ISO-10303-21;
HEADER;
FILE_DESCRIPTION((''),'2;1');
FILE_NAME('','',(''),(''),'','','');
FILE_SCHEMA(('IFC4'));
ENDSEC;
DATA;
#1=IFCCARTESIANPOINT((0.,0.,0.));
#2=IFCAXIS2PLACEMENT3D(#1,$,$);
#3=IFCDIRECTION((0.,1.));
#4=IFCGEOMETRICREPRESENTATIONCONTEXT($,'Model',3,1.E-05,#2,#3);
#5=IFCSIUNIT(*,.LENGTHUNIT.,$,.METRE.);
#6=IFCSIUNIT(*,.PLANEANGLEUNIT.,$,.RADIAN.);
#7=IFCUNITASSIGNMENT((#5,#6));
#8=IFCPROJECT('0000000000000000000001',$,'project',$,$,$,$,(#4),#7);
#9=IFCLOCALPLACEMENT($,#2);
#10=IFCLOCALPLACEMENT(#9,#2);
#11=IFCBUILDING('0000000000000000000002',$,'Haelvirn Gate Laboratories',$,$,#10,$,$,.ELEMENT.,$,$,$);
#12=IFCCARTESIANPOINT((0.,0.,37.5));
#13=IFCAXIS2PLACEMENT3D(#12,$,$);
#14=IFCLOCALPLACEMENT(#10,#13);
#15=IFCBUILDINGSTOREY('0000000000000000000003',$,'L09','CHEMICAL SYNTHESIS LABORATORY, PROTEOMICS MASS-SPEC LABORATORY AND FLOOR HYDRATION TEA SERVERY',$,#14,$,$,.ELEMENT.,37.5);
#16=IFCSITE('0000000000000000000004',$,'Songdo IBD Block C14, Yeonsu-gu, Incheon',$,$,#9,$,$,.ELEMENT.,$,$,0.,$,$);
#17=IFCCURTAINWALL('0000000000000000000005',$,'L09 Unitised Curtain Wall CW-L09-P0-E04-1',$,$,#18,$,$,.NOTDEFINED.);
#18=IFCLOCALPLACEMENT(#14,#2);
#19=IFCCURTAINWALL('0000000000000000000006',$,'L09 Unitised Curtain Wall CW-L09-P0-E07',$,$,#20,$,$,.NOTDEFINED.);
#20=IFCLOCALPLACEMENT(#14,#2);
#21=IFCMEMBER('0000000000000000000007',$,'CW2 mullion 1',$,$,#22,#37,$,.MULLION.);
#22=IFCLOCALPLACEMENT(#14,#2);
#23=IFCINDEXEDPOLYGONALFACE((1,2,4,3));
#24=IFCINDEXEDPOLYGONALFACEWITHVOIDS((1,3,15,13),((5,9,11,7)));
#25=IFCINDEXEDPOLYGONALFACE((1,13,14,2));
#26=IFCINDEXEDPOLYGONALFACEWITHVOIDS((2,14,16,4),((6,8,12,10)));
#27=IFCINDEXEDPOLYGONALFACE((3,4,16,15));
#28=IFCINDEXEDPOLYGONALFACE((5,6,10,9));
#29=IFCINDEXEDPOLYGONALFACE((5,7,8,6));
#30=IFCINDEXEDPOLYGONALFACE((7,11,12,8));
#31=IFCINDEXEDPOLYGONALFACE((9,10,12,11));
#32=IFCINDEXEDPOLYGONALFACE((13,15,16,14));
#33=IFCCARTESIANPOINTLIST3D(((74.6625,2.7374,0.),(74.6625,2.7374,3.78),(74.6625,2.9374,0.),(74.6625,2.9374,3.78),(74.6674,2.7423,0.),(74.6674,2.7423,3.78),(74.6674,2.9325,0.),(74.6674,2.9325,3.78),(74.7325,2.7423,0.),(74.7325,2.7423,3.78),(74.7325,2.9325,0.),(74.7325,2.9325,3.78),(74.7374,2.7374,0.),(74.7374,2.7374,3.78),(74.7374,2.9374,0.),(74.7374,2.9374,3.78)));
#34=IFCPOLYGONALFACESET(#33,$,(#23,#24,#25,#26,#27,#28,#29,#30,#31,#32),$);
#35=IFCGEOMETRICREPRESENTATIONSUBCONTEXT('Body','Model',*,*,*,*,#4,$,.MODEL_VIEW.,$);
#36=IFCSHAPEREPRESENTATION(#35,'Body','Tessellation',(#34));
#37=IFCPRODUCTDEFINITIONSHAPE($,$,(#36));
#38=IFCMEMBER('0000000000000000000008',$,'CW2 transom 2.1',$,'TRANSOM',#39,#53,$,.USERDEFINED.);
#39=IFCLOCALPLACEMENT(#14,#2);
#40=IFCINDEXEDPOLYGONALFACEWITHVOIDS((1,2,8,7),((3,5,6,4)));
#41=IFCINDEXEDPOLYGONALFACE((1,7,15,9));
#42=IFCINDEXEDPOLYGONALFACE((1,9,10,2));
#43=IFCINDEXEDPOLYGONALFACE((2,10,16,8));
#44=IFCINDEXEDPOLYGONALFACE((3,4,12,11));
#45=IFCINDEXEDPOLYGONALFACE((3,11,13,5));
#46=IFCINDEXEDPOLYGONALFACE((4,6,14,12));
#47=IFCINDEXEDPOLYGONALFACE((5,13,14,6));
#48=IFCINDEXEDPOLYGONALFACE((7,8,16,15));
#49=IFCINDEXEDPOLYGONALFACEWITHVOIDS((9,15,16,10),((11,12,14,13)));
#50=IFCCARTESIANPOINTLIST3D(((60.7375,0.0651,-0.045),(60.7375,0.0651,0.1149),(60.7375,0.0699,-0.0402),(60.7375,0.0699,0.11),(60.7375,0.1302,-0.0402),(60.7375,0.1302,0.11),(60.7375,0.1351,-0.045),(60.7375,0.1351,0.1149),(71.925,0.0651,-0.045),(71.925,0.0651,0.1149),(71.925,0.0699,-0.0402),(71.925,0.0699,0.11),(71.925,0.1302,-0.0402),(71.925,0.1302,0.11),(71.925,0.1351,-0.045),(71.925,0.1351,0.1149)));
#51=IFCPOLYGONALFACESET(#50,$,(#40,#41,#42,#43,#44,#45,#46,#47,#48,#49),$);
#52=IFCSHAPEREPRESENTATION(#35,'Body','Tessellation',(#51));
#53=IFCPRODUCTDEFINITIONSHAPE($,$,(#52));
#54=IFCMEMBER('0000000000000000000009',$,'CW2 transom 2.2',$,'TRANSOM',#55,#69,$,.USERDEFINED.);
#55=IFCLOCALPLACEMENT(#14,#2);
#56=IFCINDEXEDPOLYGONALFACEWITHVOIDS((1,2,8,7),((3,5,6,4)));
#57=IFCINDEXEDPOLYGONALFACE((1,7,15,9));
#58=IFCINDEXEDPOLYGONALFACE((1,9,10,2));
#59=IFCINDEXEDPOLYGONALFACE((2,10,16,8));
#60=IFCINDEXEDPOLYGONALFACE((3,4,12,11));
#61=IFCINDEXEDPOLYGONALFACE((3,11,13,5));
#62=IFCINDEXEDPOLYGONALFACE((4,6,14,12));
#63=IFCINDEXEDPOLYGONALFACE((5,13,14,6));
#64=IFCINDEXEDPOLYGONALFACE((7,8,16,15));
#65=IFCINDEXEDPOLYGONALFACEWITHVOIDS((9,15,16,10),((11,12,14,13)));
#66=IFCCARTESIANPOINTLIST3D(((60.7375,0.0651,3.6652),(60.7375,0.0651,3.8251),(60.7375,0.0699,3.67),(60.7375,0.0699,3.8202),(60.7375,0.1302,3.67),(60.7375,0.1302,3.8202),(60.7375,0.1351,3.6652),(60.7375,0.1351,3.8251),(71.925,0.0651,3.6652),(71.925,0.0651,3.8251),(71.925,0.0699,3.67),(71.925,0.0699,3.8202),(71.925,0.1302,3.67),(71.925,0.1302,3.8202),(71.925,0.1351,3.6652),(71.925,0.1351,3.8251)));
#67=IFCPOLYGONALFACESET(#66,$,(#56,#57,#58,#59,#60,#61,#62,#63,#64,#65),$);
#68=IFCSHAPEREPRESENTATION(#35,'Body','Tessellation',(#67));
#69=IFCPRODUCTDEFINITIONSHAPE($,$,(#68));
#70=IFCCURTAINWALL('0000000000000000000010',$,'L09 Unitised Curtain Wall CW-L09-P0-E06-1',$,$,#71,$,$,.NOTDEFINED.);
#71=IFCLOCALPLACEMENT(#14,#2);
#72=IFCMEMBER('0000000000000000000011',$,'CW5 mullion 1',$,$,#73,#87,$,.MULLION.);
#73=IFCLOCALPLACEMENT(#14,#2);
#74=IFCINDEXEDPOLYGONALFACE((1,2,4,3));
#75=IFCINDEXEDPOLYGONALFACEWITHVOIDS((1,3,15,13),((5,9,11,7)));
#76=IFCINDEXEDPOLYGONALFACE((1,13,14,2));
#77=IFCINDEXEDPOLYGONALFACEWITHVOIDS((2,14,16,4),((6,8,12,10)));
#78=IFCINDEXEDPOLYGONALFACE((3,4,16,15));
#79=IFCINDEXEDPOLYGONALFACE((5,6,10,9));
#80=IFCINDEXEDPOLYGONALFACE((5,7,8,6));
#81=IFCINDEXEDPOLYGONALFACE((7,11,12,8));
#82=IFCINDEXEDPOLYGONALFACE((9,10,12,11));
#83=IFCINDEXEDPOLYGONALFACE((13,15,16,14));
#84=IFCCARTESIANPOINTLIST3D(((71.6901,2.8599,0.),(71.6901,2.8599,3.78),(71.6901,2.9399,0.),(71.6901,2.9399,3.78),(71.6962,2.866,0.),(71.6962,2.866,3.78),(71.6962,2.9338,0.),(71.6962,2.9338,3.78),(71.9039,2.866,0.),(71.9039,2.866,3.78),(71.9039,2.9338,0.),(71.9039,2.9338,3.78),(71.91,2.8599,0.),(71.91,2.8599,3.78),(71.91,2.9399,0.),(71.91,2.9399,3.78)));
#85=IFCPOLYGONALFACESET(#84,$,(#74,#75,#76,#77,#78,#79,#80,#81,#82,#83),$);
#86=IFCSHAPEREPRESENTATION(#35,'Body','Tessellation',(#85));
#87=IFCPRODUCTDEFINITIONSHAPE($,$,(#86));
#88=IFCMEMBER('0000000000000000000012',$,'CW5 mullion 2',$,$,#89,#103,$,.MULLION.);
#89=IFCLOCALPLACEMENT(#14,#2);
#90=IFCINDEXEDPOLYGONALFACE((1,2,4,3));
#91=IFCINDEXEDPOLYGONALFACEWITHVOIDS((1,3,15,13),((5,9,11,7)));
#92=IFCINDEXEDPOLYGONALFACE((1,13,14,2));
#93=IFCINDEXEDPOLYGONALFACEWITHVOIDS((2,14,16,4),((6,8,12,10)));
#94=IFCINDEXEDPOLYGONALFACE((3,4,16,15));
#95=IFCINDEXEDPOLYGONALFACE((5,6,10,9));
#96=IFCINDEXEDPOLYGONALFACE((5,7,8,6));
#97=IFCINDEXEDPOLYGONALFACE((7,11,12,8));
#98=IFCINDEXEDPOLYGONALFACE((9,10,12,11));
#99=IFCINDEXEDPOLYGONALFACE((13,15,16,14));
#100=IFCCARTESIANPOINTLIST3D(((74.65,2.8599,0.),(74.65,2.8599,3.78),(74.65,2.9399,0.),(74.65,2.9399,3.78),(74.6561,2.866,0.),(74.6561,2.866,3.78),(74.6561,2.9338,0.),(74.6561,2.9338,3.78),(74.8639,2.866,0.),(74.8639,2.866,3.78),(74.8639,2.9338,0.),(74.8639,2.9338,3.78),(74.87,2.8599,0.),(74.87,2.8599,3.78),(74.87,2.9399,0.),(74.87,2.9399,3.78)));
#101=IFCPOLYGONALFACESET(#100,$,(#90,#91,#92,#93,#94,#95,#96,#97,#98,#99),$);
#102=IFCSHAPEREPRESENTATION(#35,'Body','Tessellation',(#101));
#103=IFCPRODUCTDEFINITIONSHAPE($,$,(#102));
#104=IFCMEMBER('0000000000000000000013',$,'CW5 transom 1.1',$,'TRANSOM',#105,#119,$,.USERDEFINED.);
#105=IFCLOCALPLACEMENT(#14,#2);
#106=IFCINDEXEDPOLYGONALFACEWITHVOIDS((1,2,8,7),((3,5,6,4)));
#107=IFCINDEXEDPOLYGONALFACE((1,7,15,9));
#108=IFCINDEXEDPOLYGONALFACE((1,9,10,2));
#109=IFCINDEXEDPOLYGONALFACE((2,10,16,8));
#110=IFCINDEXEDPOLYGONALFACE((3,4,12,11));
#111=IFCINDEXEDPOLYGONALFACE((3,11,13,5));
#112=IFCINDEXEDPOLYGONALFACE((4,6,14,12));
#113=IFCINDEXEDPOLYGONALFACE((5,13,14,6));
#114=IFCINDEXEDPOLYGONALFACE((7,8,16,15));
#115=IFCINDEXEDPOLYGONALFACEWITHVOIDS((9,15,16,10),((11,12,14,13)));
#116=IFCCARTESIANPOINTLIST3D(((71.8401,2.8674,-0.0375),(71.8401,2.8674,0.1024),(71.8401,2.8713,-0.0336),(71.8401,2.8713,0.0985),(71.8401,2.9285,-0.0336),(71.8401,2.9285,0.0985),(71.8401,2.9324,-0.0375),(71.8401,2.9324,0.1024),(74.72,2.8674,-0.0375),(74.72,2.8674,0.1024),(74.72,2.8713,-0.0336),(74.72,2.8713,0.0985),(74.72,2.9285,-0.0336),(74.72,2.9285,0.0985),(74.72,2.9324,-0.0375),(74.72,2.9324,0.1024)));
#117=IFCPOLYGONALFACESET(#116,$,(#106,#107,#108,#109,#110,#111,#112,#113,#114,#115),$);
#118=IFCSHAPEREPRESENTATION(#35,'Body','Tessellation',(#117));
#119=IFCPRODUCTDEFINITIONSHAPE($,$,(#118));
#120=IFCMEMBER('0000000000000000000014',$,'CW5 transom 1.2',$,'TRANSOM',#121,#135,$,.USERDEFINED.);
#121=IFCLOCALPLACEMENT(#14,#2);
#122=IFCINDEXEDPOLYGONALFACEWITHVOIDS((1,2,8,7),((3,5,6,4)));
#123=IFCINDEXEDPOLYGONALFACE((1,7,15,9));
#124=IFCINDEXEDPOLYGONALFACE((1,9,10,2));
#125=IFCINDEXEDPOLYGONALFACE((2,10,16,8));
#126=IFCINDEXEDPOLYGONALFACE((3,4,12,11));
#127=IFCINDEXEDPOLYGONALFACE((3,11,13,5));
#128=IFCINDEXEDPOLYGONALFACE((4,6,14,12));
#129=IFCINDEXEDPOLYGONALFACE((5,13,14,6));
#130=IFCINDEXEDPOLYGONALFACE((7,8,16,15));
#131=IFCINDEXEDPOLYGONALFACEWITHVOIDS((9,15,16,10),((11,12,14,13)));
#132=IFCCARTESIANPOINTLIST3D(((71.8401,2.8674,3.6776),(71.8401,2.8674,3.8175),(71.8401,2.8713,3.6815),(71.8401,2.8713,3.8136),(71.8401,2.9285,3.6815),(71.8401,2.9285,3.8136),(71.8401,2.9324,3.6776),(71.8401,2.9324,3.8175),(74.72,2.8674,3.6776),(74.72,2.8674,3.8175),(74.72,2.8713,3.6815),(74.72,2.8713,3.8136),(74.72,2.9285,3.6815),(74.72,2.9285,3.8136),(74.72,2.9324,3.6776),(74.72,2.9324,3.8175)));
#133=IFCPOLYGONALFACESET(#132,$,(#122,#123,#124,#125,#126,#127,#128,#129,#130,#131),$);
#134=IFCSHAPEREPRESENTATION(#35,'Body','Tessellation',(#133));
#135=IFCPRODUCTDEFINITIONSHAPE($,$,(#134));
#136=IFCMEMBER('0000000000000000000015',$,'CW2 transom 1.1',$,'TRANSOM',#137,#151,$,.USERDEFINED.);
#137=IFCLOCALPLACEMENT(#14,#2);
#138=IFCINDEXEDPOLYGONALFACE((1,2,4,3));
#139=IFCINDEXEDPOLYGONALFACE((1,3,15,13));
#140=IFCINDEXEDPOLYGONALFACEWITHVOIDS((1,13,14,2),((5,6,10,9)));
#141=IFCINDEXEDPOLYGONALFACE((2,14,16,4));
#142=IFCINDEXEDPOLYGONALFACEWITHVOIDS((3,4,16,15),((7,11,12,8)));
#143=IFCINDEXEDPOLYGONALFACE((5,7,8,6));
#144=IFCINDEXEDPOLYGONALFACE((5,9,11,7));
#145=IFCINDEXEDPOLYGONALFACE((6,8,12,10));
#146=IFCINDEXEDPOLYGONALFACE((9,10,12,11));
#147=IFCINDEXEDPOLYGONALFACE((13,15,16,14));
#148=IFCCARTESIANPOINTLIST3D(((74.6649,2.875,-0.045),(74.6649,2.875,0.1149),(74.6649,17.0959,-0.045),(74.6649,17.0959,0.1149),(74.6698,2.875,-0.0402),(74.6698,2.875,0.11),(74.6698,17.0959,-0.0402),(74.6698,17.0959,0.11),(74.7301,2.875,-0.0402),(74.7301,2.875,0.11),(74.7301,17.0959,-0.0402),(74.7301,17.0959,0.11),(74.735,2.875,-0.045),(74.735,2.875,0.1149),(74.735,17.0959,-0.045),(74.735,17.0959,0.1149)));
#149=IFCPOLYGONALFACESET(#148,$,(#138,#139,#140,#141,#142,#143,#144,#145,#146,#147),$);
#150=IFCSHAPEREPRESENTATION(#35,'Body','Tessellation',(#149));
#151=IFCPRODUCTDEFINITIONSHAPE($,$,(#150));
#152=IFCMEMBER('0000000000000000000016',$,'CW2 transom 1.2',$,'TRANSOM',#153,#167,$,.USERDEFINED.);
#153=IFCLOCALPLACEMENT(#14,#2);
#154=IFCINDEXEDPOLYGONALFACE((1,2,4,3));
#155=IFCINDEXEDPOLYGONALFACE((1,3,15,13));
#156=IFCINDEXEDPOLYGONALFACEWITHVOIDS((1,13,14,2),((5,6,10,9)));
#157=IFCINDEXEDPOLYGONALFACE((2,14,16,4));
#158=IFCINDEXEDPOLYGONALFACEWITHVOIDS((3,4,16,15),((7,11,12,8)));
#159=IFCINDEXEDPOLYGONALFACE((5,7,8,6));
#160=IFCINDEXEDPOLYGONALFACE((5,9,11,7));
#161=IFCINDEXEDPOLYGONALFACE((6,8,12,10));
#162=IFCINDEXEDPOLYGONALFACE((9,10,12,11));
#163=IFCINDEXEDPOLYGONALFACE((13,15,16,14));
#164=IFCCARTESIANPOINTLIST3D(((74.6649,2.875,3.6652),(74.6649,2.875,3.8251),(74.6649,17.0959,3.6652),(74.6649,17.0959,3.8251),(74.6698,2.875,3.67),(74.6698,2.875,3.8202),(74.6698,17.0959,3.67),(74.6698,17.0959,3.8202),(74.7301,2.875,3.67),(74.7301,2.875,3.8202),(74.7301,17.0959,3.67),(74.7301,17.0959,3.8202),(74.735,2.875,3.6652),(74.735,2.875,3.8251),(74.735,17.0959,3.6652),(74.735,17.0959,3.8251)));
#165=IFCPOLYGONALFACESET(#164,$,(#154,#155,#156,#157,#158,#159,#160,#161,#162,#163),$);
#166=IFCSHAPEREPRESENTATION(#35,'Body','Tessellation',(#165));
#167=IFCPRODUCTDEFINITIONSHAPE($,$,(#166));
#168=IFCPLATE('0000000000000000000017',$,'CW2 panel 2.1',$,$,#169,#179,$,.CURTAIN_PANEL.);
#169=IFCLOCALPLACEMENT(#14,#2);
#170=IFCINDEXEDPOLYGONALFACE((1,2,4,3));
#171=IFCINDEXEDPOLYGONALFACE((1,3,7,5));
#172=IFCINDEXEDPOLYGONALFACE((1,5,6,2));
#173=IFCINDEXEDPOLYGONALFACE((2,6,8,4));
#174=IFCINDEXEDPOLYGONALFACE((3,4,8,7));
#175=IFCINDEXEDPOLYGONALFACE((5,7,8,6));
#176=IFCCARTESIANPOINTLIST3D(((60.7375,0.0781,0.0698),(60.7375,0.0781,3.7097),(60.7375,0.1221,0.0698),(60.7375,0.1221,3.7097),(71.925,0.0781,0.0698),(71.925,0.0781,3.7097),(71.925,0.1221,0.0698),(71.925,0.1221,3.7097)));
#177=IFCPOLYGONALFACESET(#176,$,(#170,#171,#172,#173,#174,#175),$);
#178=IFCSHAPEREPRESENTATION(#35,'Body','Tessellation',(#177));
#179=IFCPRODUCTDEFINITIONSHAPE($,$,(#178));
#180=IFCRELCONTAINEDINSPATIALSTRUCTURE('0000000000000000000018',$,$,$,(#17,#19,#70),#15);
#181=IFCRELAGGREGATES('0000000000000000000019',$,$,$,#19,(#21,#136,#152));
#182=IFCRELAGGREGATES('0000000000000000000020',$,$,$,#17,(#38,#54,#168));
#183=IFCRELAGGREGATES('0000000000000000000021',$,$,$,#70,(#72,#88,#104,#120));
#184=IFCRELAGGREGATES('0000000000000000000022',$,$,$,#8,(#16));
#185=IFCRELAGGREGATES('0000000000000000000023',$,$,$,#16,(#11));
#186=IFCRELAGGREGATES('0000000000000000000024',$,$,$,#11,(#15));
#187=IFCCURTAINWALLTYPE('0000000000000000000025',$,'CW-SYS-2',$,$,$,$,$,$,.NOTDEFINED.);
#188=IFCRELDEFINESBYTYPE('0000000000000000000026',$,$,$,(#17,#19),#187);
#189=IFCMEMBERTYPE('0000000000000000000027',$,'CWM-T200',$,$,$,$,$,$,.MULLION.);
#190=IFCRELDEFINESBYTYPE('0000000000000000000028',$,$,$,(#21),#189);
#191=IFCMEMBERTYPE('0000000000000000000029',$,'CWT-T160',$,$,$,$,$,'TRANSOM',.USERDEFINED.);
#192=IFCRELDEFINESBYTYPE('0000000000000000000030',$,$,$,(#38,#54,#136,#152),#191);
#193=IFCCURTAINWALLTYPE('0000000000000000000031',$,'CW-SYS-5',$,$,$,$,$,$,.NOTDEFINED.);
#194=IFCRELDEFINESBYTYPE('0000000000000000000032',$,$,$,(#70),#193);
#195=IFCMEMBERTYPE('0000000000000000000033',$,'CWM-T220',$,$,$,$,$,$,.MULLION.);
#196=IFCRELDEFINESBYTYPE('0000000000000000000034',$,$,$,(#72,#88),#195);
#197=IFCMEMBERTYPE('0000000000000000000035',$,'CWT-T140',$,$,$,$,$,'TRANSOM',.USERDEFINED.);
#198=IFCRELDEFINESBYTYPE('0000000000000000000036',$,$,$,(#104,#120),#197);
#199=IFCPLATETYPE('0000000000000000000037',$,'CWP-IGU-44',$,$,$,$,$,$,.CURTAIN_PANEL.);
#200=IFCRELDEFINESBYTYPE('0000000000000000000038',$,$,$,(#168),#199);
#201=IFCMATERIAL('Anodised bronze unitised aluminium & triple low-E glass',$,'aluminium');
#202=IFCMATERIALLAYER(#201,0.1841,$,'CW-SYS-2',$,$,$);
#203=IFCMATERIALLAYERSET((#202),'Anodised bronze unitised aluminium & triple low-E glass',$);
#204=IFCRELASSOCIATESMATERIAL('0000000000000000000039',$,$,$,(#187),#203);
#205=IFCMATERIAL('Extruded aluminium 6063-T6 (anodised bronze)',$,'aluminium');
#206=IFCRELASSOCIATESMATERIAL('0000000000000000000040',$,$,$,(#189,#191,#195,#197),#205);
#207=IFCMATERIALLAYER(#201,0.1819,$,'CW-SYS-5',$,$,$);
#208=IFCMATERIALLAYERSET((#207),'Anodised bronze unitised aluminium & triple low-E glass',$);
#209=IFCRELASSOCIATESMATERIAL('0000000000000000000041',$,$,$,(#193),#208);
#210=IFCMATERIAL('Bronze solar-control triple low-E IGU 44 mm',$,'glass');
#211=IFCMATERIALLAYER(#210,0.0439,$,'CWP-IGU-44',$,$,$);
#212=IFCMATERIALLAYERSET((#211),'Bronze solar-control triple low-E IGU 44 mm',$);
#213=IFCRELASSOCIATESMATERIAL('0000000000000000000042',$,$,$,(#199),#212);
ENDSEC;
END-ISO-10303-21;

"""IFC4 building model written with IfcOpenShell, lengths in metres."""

from ifc_helpers import new_model, si_unit, direction, frame, origin, origin_2d, place, context, subcontext, project, spatial, rectangle, hollow_rectangle, extrude, source, transform, mapped, material, layer, layer_set, material_profile, profile_set, type_object, type_shapes, element, aggregate, save


model = new_model("IFC4")

# Units and contexts
model_context = context("Model", 3, precision=1e-05, world=origin(), true_north=direction((0.0, 1.0)))
body_context = subcontext(model_context, "Body", "Model", "MODEL_VIEW")
ifc_project = project(units=[si_unit("LENGTHUNIT", "METRE"), si_unit("PLANEANGLEUNIT", "RADIAN")], contexts=[model_context])

# Site, building, storey
site_placement = place(None, origin())
site = spatial("IfcSite", under=ifc_project, at=site_placement, Name="Songdo IBD Block C14, Yeonsu-gu, Incheon", CompositionType="ELEMENT", RefElevation=0.0)
building_placement = place(site_placement, origin())
building = spatial("IfcBuilding", under=site, at=building_placement, Name="Haelvirn Gate Laboratories", CompositionType="ELEMENT")
storey_placement = place(building_placement, frame((0.0, 0.0, 37.5)))
storey = spatial("IfcBuildingStorey", under=building, at=storey_placement, Name="L09", Description="CHEMICAL SYNTHESIS LABORATORY, PROTEOMICS MASS-SPEC LABORATORY AND FLOOR HYDRATION TEA SERVERY", CompositionType="ELEMENT", Elevation=37.5)

# Curtain wall
ifc_material_1 = material(Name="Anodised bronze unitised aluminium & triple low-E glass", Category="aluminium")
ifc_layer_1 = layer(ifc_material_1, 0.1841, Name="CW-SYS-2")
ifc_layer_set_1 = layer_set([ifc_layer_1], Name="Anodised bronze unitised aluminium & triple low-E glass")
curtain_wall_type_1 = type_object("IfcCurtainWallType", Name="CW-SYS-2", PredefinedType="NOTDEFINED", material=ifc_layer_set_1)
curtain_wall_1_placement = place(storey_placement, origin())
curtain_wall_1 = element("IfcCurtainWall", 1, at=curtain_wall_1_placement, inside=storey, type_object=curtain_wall_type_1, Name="L09 Unitised Curtain Wall CW-L09-P0-E04-1", PredefinedType="NOTDEFINED")
ifc_material_2 = material(Name="Extruded aluminium 6063-T6 (anodised bronze)", Category="aluminium")
ifc_material_profile_1 = material_profile(ifc_material_2, hollow_rectangle(XDim=0.075, YDim=0.2, WallThickness=0.0049, at=origin_2d()), Name="CWM-200x75x5")
ifc_profile_set_1 = profile_set([ifc_material_profile_1], Name="Extruded aluminium 6063-T6 (anodised bronze)")
member_type_1 = type_object("IfcMemberType", Name="CWM-T200", PredefinedType="MULLION", material=ifc_profile_set_1)
shared_shape_1 = source(origin(), body_context, "Body", "SweptSolid", [
    extrude(hollow_rectangle(XDim=0.075, YDim=0.2, WallThickness=0.0049, at=origin_2d()), origin(), (0.0, 0.0, 1.0), 3.78),
])
type_shapes(member_type_1, [shared_shape_1])

# Curtain wall, member
curtain_wall_2_placement = place(storey_placement, origin())
curtain_wall_2 = element("IfcCurtainWall", 2, at=curtain_wall_2_placement, inside=storey, type_object=curtain_wall_type_1, Name="L09 Unitised Curtain Wall CW-L09-P0-E07", PredefinedType="NOTDEFINED")
member_1_placement = place(storey_placement, frame((74.7, 2.8374, 0.0), z_axis=(0.0, 0.0, 1.0), x_axis=(-1.0, 0.0, 0.0)))
member_1 = element("IfcMember", 3, at=member_1_placement, type_object=member_type_1, Name="CW2 mullion 1", PredefinedType="MULLION", context=body_context, shape_type="MappedRepresentation", body=[
    mapped(shared_shape_1, transform((0.0, 0.0, 0.0), scale=1.0)),
])

# Members
ifc_material_profile_2 = material_profile(ifc_material_2, hollow_rectangle(XDim=0.0701, YDim=0.1599, WallThickness=0.0049, at=origin_2d()), Name="CWT-160x70x5")
ifc_profile_set_2 = profile_set([ifc_material_profile_2], Name="Extruded aluminium 6063-T6 (anodised bronze)")
member_type_2 = type_object("IfcMemberType", Name="CWT-T160", ElementType="TRANSOM", PredefinedType="USERDEFINED", material=ifc_profile_set_2)
shared_shape_2 = source(origin(), body_context, "Body", "SweptSolid", [
    extrude(hollow_rectangle(XDim=0.0701, YDim=0.1599, WallThickness=0.0049, at=origin_2d()), origin(), (0.0, 0.0, 1.0), 11.1875),
])
member_2_placement = place(storey_placement, frame((60.7375, 0.1001, 0.0349), z_axis=(1.0, 0.0, 0.0), x_axis=(0.0, 1.0, 0.0)))
member_2 = element("IfcMember", 4, at=member_2_placement, type_object=member_type_2, Name="CW2 transom 2.1", ObjectType="TRANSOM", PredefinedType="USERDEFINED", context=body_context, shape_type="MappedRepresentation", body=[
    mapped(shared_shape_2, transform((0.0, 0.0, 0.0), scale=1.0)),
])
member_3_placement = place(storey_placement, frame((60.7375, 0.1001, 3.7451), z_axis=(1.0, 0.0, 0.0), x_axis=(0.0, 1.0, 0.0)))
member_3 = element("IfcMember", 5, at=member_3_placement, type_object=member_type_2, Name="CW2 transom 2.2", ObjectType="TRANSOM", PredefinedType="USERDEFINED", context=body_context, shape_type="MappedRepresentation", body=[
    mapped(shared_shape_2, transform((0.0, 0.0, 0.0), scale=1.0)),
])

# Curtain wall, members
ifc_layer_2 = layer(ifc_material_1, 0.1819, Name="CW-SYS-5")
ifc_layer_set_2 = layer_set([ifc_layer_2], Name="Anodised bronze unitised aluminium & triple low-E glass")
curtain_wall_type_2 = type_object("IfcCurtainWallType", Name="CW-SYS-5", PredefinedType="NOTDEFINED", material=ifc_layer_set_2)
curtain_wall_3_placement = place(storey_placement, origin())
curtain_wall_3 = element("IfcCurtainWall", 6, at=curtain_wall_3_placement, inside=storey, type_object=curtain_wall_type_2, Name="L09 Unitised Curtain Wall CW-L09-P0-E06-1", PredefinedType="NOTDEFINED")
ifc_material_profile_3 = material_profile(ifc_material_2, hollow_rectangle(XDim=0.0801, YDim=0.22, WallThickness=0.0061, at=origin_2d()), Name="CWM-220x80x6")
ifc_profile_set_3 = profile_set([ifc_material_profile_3], Name="Extruded aluminium 6063-T6 (anodised bronze)")
member_type_3 = type_object("IfcMemberType", Name="CWM-T220", PredefinedType="MULLION", material=ifc_profile_set_3)
shared_shape_3 = source(origin(), body_context, "Body", "SweptSolid", [
    extrude(hollow_rectangle(XDim=0.0801, YDim=0.22, WallThickness=0.0061, at=origin_2d()), origin(), (0.0, 0.0, 1.0), 3.78),
])
type_shapes(member_type_3, [shared_shape_3])
member_4_placement = place(storey_placement, frame((71.8, 2.8999, 0.0), z_axis=(0.0, 0.0, 1.0), x_axis=(0.0, 1.0, 0.0)))
member_4 = element("IfcMember", 7, at=member_4_placement, type_object=member_type_3, Name="CW5 mullion 1", PredefinedType="MULLION", context=body_context, shape_type="MappedRepresentation", body=[
    mapped(shared_shape_3, transform((0.0, 0.0, 0.0), scale=1.0)),
])
member_5_placement = place(storey_placement, frame((74.76, 2.8999, 0.0), z_axis=(0.0, 0.0, 1.0), x_axis=(0.0, 1.0, 0.0)))
member_5 = element("IfcMember", 8, at=member_5_placement, type_object=member_type_3, Name="CW5 mullion 2", PredefinedType="MULLION", context=body_context, shape_type="MappedRepresentation", body=[
    mapped(shared_shape_3, transform((0.0, 0.0, 0.0), scale=1.0)),
])
ifc_material_profile_4 = material_profile(ifc_material_2, hollow_rectangle(XDim=0.0649, YDim=0.1399, WallThickness=0.0039, at=origin_2d()), Name="CWT-140x65x4")
ifc_profile_set_4 = profile_set([ifc_material_profile_4], Name="Extruded aluminium 6063-T6 (anodised bronze)")
member_type_4 = type_object("IfcMemberType", Name="CWT-T140", ElementType="TRANSOM", PredefinedType="USERDEFINED", material=ifc_profile_set_4)
shared_shape_4 = source(origin(), body_context, "Body", "SweptSolid", [
    extrude(hollow_rectangle(XDim=0.0649, YDim=0.1399, WallThickness=0.0039, at=origin_2d()), origin(), (0.0, 0.0, 1.0), 2.8799),
])
type_shapes(member_type_4, [shared_shape_4])
member_6_placement = place(storey_placement, frame((71.8401, 2.8999, 0.0325), z_axis=(1.0, 0.0, 0.0), x_axis=(0.0, 1.0, 0.0)))
member_6 = element("IfcMember", 9, at=member_6_placement, type_object=member_type_4, Name="CW5 transom 1.1", ObjectType="TRANSOM", PredefinedType="USERDEFINED", context=body_context, shape_type="MappedRepresentation", body=[
    mapped(shared_shape_4, transform((0.0, 0.0, 0.0), scale=1.0)),
])
member_7_placement = place(storey_placement, frame((71.8401, 2.8999, 3.7476), z_axis=(1.0, 0.0, 0.0), x_axis=(0.0, 1.0, 0.0)))
member_7 = element("IfcMember", 10, at=member_7_placement, type_object=member_type_4, Name="CW5 transom 1.2", ObjectType="TRANSOM", PredefinedType="USERDEFINED", context=body_context, shape_type="MappedRepresentation", body=[
    mapped(shared_shape_4, transform((0.0, 0.0, 0.0), scale=1.0)),
])

# Members
shared_shape_5 = source(origin(), body_context, "Body", "SweptSolid", [
    extrude(hollow_rectangle(XDim=0.0701, YDim=0.1599, WallThickness=0.0049, at=origin_2d()), origin(), (0.0, 0.0, 1.0), 14.2209),
])
type_shapes(member_type_2, [shared_shape_2, shared_shape_5])
member_8_placement = place(storey_placement, frame((74.7, 2.875, 0.0349), z_axis=(0.0, 1.0, 0.0), x_axis=(-1.0, 0.0, 0.0)))
member_8 = element("IfcMember", 11, at=member_8_placement, type_object=member_type_2, Name="CW2 transom 1.1", ObjectType="TRANSOM", PredefinedType="USERDEFINED", context=body_context, shape_type="MappedRepresentation", body=[
    mapped(shared_shape_5, transform((0.0, 0.0, 0.0), scale=1.0)),
])
member_9_placement = place(storey_placement, frame((74.7, 2.875, 3.7451), z_axis=(0.0, 1.0, 0.0), x_axis=(-1.0, 0.0, 0.0)))
member_9 = element("IfcMember", 12, at=member_9_placement, type_object=member_type_2, Name="CW2 transom 1.2", ObjectType="TRANSOM", PredefinedType="USERDEFINED", context=body_context, shape_type="MappedRepresentation", body=[
    mapped(shared_shape_5, transform((0.0, 0.0, 0.0), scale=1.0)),
])
aggregate(curtain_wall_2, [member_1, member_8, member_9])

# Plate
ifc_material_3 = material(Name="Bronze solar-control triple low-E IGU 44 mm", Category="glass")
ifc_layer_3 = layer(ifc_material_3, 0.0439, Name="CWP-IGU-44")
ifc_layer_set_3 = layer_set([ifc_layer_3], Name="Bronze solar-control triple low-E IGU 44 mm")
plate_type_1 = type_object("IfcPlateType", Name="CWP-IGU-44", PredefinedType="CURTAIN_PANEL", material=ifc_layer_set_3)
shared_shape_6 = source(origin(), body_context, "Body", "SweptSolid", [
    extrude(rectangle(XDim=11.1875, YDim=0.0439, at=origin_2d()), origin(), (0.0, 0.0, 1.0), 3.6399),
])
type_shapes(plate_type_1, [shared_shape_6])
plate_1_placement = place(storey_placement, frame((66.3313, 0.1001, 0.0698), z_axis=(0.0, 0.0, 1.0), x_axis=(1.0, 0.0, 0.0)))
plate_1 = element("IfcPlate", 13, at=plate_1_placement, type_object=plate_type_1, Name="CW2 panel 2.1", PredefinedType="CURTAIN_PANEL", context=body_context, shape_type="MappedRepresentation", body=[
    mapped(shared_shape_6, transform((0.0, 0.0, 0.0), scale=1.0)),
])
aggregate(curtain_wall_1, [member_2, member_3, plate_1])
aggregate(curtain_wall_3, [member_4, member_5, member_6, member_7])

save(model, "model.ifc")
